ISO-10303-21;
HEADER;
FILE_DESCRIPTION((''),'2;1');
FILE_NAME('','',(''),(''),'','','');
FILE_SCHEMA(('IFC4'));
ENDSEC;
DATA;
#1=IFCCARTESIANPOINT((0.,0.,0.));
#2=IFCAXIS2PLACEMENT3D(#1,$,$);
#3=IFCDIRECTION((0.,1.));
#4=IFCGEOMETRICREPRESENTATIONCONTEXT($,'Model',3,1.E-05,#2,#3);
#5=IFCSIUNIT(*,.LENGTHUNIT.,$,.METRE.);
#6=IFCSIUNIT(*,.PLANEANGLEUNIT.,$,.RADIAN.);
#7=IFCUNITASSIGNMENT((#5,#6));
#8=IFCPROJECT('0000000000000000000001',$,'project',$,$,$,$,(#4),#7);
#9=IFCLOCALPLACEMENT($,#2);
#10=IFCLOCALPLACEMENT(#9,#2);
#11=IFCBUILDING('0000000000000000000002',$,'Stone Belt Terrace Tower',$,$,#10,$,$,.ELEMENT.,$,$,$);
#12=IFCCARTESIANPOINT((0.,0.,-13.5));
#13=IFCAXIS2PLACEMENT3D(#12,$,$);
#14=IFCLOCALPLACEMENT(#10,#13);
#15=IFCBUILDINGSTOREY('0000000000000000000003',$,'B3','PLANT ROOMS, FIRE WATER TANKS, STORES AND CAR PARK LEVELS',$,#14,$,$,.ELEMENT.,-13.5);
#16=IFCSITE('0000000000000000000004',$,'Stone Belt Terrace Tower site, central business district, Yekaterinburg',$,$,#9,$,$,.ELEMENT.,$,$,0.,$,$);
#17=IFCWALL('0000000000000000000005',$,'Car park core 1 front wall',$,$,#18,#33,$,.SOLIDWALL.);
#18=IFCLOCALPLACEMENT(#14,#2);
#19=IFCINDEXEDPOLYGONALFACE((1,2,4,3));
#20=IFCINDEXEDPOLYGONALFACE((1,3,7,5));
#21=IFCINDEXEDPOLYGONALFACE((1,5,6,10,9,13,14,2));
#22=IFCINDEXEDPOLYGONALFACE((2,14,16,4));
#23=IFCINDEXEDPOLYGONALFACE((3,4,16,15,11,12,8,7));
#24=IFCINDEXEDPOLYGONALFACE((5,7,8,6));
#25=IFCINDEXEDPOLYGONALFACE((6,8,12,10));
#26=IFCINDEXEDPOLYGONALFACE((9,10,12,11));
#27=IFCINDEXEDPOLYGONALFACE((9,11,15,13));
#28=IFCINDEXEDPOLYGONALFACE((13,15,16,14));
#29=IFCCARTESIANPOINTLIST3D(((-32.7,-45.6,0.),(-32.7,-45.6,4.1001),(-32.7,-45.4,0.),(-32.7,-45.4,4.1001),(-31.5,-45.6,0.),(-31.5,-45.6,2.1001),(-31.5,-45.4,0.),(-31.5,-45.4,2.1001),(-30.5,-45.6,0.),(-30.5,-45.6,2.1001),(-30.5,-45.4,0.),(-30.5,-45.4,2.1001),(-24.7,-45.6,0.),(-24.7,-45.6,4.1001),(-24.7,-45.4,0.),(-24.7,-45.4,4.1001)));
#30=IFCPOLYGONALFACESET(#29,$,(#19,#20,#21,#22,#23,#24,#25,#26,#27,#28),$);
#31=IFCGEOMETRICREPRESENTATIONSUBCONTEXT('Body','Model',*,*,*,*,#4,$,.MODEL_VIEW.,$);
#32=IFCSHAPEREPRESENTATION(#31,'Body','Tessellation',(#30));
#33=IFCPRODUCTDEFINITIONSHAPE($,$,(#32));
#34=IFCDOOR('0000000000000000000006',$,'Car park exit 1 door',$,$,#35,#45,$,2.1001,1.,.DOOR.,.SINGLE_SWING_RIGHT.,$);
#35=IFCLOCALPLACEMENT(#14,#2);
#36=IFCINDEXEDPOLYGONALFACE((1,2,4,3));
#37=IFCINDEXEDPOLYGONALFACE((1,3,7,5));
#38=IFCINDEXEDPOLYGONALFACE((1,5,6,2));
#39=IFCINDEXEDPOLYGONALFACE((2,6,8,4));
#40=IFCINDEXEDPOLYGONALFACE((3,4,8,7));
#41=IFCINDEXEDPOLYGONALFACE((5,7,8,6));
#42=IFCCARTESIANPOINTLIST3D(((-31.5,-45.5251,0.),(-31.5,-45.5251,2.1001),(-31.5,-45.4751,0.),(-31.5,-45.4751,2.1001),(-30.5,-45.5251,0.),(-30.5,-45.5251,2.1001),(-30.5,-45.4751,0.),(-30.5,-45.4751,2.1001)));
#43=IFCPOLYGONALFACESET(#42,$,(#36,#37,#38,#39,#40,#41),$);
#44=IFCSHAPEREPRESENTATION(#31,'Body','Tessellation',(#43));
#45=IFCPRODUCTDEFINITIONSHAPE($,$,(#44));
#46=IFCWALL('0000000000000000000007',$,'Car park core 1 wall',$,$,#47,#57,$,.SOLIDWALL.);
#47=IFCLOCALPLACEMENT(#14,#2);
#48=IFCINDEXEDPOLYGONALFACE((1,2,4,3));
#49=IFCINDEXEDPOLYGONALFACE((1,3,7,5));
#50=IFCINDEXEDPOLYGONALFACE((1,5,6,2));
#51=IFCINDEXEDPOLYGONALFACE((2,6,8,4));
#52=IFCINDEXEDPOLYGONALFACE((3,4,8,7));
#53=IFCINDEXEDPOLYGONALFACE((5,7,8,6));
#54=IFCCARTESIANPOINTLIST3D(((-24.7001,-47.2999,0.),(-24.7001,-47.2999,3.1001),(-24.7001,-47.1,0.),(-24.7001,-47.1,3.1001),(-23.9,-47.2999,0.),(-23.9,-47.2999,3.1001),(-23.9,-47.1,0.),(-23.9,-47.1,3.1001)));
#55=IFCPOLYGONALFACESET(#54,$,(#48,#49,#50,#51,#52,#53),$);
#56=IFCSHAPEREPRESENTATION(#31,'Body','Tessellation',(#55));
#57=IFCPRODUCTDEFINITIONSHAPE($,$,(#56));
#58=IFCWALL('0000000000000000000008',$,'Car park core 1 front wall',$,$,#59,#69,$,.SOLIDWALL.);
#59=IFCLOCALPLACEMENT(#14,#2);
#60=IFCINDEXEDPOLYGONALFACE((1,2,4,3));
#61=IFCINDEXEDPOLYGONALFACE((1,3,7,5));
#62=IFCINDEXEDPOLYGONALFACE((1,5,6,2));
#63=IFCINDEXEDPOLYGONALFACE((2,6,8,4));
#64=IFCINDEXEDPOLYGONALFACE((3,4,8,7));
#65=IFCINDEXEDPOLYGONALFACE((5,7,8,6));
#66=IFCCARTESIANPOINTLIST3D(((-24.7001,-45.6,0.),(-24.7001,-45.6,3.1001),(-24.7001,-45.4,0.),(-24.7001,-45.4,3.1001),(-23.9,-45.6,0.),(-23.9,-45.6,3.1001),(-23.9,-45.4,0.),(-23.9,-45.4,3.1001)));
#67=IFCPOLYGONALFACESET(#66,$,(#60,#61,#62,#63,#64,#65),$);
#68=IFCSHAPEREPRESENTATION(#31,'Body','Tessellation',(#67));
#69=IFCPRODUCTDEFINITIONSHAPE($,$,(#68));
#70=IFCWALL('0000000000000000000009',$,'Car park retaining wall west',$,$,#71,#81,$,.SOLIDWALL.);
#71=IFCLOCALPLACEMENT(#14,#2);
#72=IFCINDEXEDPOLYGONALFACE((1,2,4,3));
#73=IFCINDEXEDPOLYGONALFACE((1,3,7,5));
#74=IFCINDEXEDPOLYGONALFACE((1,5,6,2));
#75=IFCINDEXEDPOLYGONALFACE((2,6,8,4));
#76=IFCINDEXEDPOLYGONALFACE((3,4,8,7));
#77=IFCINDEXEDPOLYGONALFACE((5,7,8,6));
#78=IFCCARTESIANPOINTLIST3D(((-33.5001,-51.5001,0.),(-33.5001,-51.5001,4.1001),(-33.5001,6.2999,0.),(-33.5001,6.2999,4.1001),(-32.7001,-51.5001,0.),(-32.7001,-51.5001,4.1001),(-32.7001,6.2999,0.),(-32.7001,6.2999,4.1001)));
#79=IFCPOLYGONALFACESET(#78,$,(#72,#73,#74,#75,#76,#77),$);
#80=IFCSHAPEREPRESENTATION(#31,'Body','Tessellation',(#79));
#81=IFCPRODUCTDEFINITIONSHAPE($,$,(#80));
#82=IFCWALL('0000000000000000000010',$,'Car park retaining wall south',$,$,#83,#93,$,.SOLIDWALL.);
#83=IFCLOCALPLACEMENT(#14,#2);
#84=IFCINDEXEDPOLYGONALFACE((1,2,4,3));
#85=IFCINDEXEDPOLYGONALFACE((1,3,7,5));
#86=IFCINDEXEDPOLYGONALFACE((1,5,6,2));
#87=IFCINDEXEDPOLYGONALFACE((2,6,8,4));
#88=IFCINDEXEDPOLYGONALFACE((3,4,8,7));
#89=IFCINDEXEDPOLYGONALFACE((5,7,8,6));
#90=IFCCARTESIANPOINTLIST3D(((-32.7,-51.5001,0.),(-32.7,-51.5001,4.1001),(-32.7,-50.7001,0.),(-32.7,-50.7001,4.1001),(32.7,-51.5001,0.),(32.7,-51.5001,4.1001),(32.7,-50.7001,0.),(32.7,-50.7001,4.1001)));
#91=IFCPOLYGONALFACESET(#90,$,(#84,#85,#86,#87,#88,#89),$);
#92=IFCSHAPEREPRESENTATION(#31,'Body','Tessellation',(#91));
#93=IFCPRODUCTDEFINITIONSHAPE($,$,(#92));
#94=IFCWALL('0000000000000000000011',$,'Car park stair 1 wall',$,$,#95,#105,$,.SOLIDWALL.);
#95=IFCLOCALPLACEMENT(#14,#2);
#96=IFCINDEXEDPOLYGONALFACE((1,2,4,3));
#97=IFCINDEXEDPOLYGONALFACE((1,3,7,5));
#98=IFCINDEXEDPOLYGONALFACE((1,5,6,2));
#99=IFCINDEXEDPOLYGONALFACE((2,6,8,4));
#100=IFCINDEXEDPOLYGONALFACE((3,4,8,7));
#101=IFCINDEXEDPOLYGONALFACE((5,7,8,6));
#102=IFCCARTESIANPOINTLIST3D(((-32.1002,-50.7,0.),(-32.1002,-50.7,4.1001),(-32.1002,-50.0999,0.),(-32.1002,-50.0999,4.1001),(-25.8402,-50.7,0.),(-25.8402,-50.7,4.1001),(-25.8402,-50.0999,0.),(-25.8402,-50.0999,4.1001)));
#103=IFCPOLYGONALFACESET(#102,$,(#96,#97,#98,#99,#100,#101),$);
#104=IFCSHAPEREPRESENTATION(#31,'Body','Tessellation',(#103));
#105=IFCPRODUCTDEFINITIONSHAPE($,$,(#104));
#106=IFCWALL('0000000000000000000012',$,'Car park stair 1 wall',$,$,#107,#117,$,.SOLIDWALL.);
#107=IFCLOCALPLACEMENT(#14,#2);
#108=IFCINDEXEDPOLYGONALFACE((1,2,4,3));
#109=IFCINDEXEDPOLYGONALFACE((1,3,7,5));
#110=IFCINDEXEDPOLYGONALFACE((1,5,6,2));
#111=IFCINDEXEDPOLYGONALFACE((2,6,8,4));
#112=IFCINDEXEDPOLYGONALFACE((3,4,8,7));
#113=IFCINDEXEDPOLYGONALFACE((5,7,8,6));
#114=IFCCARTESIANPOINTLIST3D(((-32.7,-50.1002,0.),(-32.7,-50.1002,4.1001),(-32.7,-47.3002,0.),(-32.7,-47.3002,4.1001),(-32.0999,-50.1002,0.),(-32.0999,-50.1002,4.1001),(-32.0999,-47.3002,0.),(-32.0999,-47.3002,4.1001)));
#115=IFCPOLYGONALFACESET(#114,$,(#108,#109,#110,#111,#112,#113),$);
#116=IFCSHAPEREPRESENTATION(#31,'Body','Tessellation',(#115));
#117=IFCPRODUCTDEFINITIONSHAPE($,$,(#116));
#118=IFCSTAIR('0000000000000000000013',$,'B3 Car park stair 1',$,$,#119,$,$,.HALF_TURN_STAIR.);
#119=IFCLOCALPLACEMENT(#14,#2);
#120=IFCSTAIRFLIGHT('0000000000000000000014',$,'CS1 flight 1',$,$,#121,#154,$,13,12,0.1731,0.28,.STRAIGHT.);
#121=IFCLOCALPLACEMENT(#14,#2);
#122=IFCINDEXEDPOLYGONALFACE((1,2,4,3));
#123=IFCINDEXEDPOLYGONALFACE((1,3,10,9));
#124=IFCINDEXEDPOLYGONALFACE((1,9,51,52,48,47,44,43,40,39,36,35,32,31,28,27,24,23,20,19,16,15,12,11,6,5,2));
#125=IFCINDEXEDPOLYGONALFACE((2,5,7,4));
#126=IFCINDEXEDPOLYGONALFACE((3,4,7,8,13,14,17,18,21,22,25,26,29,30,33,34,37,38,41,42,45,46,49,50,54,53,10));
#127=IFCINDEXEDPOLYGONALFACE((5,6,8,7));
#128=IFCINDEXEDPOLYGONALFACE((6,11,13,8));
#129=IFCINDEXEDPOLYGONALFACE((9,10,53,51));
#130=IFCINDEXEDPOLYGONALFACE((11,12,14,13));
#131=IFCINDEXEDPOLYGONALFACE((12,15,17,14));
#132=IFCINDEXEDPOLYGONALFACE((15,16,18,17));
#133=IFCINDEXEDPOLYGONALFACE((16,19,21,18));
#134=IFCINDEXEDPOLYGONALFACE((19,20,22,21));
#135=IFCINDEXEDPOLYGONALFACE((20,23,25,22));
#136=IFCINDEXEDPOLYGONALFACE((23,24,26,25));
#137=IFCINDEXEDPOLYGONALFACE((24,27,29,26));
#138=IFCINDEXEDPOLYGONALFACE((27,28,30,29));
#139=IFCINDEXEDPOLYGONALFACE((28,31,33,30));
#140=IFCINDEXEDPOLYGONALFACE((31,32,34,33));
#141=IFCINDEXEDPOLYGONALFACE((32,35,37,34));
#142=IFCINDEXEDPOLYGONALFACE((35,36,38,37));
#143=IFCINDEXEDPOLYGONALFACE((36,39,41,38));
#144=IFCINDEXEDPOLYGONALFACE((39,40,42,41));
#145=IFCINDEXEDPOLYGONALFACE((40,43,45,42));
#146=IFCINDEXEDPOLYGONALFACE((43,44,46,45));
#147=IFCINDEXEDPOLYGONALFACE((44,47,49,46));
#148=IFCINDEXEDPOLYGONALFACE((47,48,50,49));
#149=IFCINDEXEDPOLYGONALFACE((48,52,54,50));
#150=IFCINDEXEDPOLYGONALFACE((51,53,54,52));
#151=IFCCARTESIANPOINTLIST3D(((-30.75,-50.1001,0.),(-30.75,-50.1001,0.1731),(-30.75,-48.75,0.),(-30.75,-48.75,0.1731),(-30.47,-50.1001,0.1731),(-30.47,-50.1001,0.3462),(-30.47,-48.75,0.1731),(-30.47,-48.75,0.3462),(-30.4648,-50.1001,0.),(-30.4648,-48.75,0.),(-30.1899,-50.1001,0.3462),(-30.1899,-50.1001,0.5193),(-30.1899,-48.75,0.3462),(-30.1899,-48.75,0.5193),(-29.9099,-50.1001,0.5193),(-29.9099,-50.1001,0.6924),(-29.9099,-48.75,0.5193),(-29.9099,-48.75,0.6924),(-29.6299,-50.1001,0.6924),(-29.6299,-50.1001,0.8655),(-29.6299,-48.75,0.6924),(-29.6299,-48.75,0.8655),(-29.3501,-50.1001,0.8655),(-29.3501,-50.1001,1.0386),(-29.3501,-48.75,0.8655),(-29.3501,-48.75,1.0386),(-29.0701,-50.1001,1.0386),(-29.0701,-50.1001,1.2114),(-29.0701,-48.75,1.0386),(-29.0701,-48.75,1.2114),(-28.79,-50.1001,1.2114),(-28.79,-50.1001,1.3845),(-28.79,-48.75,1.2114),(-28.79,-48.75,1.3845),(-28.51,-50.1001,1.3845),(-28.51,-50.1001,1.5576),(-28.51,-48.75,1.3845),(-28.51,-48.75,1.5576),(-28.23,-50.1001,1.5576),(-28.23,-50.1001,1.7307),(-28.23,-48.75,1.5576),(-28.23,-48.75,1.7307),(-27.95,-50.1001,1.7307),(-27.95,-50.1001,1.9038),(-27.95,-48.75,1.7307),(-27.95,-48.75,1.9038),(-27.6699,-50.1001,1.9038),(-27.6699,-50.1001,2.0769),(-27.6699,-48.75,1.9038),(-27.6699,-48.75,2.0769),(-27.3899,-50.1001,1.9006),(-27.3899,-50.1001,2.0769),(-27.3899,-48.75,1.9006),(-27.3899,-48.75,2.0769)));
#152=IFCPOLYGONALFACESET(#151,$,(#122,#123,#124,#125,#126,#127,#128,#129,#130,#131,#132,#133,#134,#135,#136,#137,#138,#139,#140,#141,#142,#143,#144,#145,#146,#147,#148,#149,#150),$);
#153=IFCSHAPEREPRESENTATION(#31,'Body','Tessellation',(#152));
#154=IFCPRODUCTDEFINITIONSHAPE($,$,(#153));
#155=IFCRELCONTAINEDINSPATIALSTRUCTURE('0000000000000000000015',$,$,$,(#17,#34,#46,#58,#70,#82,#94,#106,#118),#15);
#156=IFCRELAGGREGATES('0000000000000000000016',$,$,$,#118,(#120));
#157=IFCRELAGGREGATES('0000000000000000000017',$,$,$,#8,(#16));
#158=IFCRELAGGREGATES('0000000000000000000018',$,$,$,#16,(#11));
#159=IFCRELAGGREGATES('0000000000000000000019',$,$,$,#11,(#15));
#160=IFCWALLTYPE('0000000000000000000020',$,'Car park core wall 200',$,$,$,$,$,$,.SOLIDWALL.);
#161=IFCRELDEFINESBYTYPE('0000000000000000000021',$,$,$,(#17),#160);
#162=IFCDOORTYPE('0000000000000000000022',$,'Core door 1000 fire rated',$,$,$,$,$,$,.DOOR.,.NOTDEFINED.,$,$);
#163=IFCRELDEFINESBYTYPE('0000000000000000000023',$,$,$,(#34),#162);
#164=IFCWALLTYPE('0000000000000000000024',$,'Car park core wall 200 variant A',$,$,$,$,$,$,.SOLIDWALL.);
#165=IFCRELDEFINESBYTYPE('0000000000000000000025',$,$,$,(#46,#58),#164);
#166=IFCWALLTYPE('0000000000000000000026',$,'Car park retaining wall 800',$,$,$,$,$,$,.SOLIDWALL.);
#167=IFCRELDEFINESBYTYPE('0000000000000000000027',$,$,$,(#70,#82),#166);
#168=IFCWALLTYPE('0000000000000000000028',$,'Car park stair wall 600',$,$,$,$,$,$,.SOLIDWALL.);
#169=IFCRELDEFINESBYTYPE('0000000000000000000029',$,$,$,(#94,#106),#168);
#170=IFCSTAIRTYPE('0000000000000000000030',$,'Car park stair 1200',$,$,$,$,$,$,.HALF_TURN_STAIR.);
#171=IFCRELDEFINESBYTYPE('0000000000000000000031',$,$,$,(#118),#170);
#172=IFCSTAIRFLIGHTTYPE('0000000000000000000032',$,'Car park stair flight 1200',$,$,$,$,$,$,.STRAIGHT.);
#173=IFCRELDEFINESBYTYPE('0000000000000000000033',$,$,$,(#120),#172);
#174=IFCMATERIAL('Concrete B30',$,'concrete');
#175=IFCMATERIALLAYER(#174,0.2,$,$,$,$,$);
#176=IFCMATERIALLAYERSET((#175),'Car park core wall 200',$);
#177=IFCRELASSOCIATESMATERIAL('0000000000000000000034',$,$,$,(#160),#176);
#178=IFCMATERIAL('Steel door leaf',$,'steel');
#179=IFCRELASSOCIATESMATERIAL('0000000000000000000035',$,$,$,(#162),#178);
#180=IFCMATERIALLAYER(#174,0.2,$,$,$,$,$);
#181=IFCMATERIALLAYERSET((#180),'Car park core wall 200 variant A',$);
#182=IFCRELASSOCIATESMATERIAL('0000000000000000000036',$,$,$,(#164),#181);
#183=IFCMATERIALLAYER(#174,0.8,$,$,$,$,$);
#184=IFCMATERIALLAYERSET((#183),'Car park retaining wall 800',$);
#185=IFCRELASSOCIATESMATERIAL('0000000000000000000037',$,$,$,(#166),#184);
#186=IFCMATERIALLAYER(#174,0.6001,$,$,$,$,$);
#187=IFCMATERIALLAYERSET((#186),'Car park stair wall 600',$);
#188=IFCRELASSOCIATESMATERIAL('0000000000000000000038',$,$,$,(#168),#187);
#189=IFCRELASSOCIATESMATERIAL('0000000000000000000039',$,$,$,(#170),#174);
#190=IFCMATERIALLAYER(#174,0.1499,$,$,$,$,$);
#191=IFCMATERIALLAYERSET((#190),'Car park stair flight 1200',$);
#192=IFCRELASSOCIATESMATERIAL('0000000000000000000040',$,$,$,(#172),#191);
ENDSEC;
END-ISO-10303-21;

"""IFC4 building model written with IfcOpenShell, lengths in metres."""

from ifc_helpers import new_model, si_unit, direction, frame, frame_2d, origin, place, context, subcontext, project, spatial, polyline, rectangle, outline, extrude, material, layer, layer_set, type_object, element, fill, aggregate, save


model = new_model("IFC4")

# Units and contexts
model_context = context("Model", 3, precision=1e-05, world=origin(), true_north=direction((0.0, 1.0)))
body_context = subcontext(model_context, "Body", "Model", "MODEL_VIEW")
ifc_project = project(units=[si_unit("LENGTHUNIT", "METRE"), si_unit("PLANEANGLEUNIT", "RADIAN")], contexts=[model_context])

# Site, building, storey
site_placement = place(None, origin())
site = spatial("IfcSite", under=ifc_project, at=site_placement, Name="Stone Belt Terrace Tower site, central business district, Yekaterinburg", CompositionType="ELEMENT", RefElevation=0.0)
building_placement = place(site_placement, origin())
building = spatial("IfcBuilding", under=site, at=building_placement, Name="Stone Belt Terrace Tower", CompositionType="ELEMENT")
storey_placement = place(building_placement, frame((0.0, 0.0, -13.5)))
storey = spatial("IfcBuildingStorey", under=building, at=storey_placement, Name="B3", Description="PLANT ROOMS, FIRE WATER TANKS, STORES AND CAR PARK LEVELS", CompositionType="ELEMENT", Elevation=-13.5)

# Shared definitions
ifc_material_1 = material(Name="Concrete B30", Category="concrete")
ifc_layer_1 = layer(ifc_material_1, 0.2)
ifc_layer_set_1 = layer_set([ifc_layer_1], Name="Car park core wall 200")
wall_type_1 = type_object("IfcWallType", Name="Car park core wall 200", PredefinedType="SOLIDWALL", material=ifc_layer_set_1)

# Shared definitions
ifc_material_2 = material(Name="Steel door leaf", Category="steel")

# Wall, opening, door
wall_1_placement = place(storey_placement, frame((-32.7, -45.5, 0.0), z_axis=(0.0, 0.0, 1.0), x_axis=(1.0, 0.0, 0.0)))
wall_1 = element("IfcWall", 1, at=wall_1_placement, inside=storey, type_object=wall_type_1, Name="Car park core 1 front wall", PredefinedType="SOLIDWALL", context=body_context, shape_type="SweptSolid", body=[
    extrude(rectangle(XDim=8.0, YDim=0.2, at=frame_2d((4.0, 0.0))), origin(), (0.0, 0.0, 1.0), 4.1001),
])
opening_1_placement = place(wall_1_placement, frame((1.2, 0.0, 0.0)))
opening_1 = element("IfcOpeningElement", 2, at=opening_1_placement, cuts=wall_1, PredefinedType="OPENING", context=body_context, shape_type="SweptSolid", body=[
    extrude(rectangle(XDim=1.0, YDim=2.1001, at=frame_2d((0.5, 1.05))), frame((0.0, 0.1099, 0.0), z_axis=(0.0, -1.0, 0.0), x_axis=(1.0, 0.0, 0.0)), (0.0, 0.0, 1.0), 0.22),
])
door_type_1 = type_object("IfcDoorType", Name="Core door 1000 fire rated", OperationType="NOTDEFINED", PredefinedType="DOOR", material=ifc_material_2)
door_1_placement = place(opening_1_placement, origin())
door_1 = element("IfcDoor", 3, at=door_1_placement, inside=storey, type_object=door_type_1, Name="Car park exit 1 door", OperationType="SINGLE_SWING_RIGHT", OverallHeight=2.1001, OverallWidth=1.0, PredefinedType="DOOR", context=body_context, shape_type="SweptSolid", body=[
    extrude(rectangle(XDim=1.0, YDim=2.1001, at=frame_2d((0.5, 1.05))), frame((0.0, 0.0249, 0.0), z_axis=(0.0, -1.0, 0.0), x_axis=(1.0, 0.0, 0.0)), (0.0, 0.0, 1.0), 0.05),
])
fill(opening_1, door_1)

# Walls
ifc_layer_2 = layer(ifc_material_1, 0.2)
ifc_layer_set_2 = layer_set([ifc_layer_2], Name="Car park core wall 200 variant A")
wall_type_2 = type_object("IfcWallType", Name="Car park core wall 200 variant A", PredefinedType="SOLIDWALL", material=ifc_layer_set_2)
for number, where, z_axis, x_axis, name in (
    (4, (-24.7, -47.2, 0.0), (0.0, 0.0, 1.0), (1.0, 0.0, 0.0), "Car park core 1 wall"),
    (5, (-24.7, -45.5, 0.0), (0.0, 0.0, 1.0), (1.0, 0.0, 0.0), "Car park core 1 front wall"),
):
    element("IfcWall", number, at=place(storey_placement, frame(where, z_axis=z_axis, x_axis=x_axis)), inside=storey, type_object=wall_type_2, Name=name, PredefinedType="SOLIDWALL", context=body_context, shape_type="SweptSolid", body=[
        extrude(rectangle(XDim=0.8, YDim=0.2, at=frame_2d((0.3999, 0.0))), origin(), (0.0, 0.0, 1.0), 3.1001),
    ])
ifc_layer_3 = layer(ifc_material_1, 0.8)
ifc_layer_set_3 = layer_set([ifc_layer_3], Name="Car park retaining wall 800")
wall_type_3 = type_object("IfcWallType", Name="Car park retaining wall 800", PredefinedType="SOLIDWALL", material=ifc_layer_set_3)
wall_2_placement = place(storey_placement, frame((-33.1001, -51.5, 0.0), z_axis=(0.0, 0.0, 1.0), x_axis=(0.0, 1.0, 0.0)))
element("IfcWall", 6, at=wall_2_placement, inside=storey, type_object=wall_type_3, Name="Car park retaining wall west", PredefinedType="SOLIDWALL", context=body_context, shape_type="SweptSolid", body=[
    extrude(rectangle(XDim=57.8, YDim=0.8, at=frame_2d((28.8999, 0.0))), origin(), (0.0, 0.0, 1.0), 4.1001),
])
wall_3_placement = place(storey_placement, frame((-32.7, -51.1001, 0.0), z_axis=(0.0, 0.0, 1.0), x_axis=(1.0, 0.0, 0.0)))
element("IfcWall", 7, at=wall_3_placement, inside=storey, type_object=wall_type_3, Name="Car park retaining wall south", PredefinedType="SOLIDWALL", context=body_context, shape_type="SweptSolid", body=[
    extrude(rectangle(XDim=65.3999, YDim=0.8, at=frame_2d((32.7, 0.0))), origin(), (0.0, 0.0, 1.0), 4.1001),
])
ifc_layer_4 = layer(ifc_material_1, 0.6001)
ifc_layer_set_4 = layer_set([ifc_layer_4], Name="Car park stair wall 600")
wall_type_4 = type_object("IfcWallType", Name="Car park stair wall 600", PredefinedType="SOLIDWALL", material=ifc_layer_set_4)
wall_4_placement = place(storey_placement, frame((-32.1001, -50.3999, 0.0), z_axis=(0.0, 0.0, 1.0), x_axis=(1.0, 0.0, 0.0)))
element("IfcWall", 8, at=wall_4_placement, inside=storey, type_object=wall_type_4, Name="Car park stair 1 wall", PredefinedType="SOLIDWALL", context=body_context, shape_type="SweptSolid", body=[
    extrude(rectangle(XDim=6.26, YDim=0.6001, at=frame_2d((3.1299, 0.0))), origin(), (0.0, 0.0, 1.0), 4.1001),
])
wall_5_placement = place(storey_placement, frame((-32.3999, -50.1001, 0.0), z_axis=(0.0, 0.0, 1.0), x_axis=(0.0, 1.0, 0.0)))
element("IfcWall", 9, at=wall_5_placement, inside=storey, type_object=wall_type_4, Name="Car park stair 1 wall", PredefinedType="SOLIDWALL", context=body_context, shape_type="SweptSolid", body=[
    extrude(rectangle(XDim=2.8, YDim=0.6001, at=frame_2d((1.3999, 0.0))), origin(), (0.0, 0.0, 1.0), 4.1001),
])

# Stair, stair flight
stair_type = type_object("IfcStairType", Name="Car park stair 1200", PredefinedType="HALF_TURN_STAIR", material=ifc_material_1)
stair_placement = place(storey_placement, origin())
stair = element("IfcStair", 10, at=stair_placement, inside=storey, type_object=stair_type, Name="B3 Car park stair 1", PredefinedType="HALF_TURN_STAIR")
ifc_layer_5 = layer(ifc_material_1, 0.1499)
ifc_layer_set_5 = layer_set([ifc_layer_5], Name="Car park stair flight 1200")
stair_flight_type = type_object("IfcStairFlightType", Name="Car park stair flight 1200", PredefinedType="STRAIGHT", material=ifc_layer_set_5)
stair_flight_1_placement = place(storey_placement, frame((-30.75, -49.425, 0.0), z_axis=(0.0, 0.0, 1.0), x_axis=(1.0, 0.0, 0.0)))
stair_flight_1 = element("IfcStairFlight", 11, at=stair_flight_1_placement, type_object=stair_flight_type, Name="CS1 flight 1", NumberOfRisers=13, NumberOfTreads=12, PredefinedType="STRAIGHT", RiserHeight=0.1731, TreadLength=0.28, context=body_context, shape_type="SweptSolid", body=[
    extrude(outline(polyline([(0.0, 0.0), (0.0, 0.1731), (0.28, 0.1731), (0.28, 0.3462), (0.5601, 0.3462), (0.5601, 0.5193), (0.8401, 0.5193), (0.8401, 0.6924), (1.1201, 0.6924), (1.1201, 0.8655), (1.3999, 0.8655), (1.3999, 1.0386), (1.6799, 1.0386), (1.6799, 1.2114), (1.96, 1.2114), (1.96, 1.3845), (2.24, 1.3845), (2.24, 1.5576), (2.52, 1.5576), (2.52, 1.7307), (2.8, 1.7307), (2.8, 1.9038), (3.0801, 1.9038), (3.0801, 2.0769), (3.3601, 2.0769), (3.3601, 2.25), (3.3601, 1.9006), (0.2852, 0.0), (0.0, 0.0)])), frame((0.0, 0.675, 0.0), z_axis=(0.0, -1.0, 0.0), x_axis=(1.0, 0.0, 0.0)), (0.0, 0.0, 1.0), 1.3501),
])
aggregate(stair, [stair_flight_1])

save(model, "model.ifc")
